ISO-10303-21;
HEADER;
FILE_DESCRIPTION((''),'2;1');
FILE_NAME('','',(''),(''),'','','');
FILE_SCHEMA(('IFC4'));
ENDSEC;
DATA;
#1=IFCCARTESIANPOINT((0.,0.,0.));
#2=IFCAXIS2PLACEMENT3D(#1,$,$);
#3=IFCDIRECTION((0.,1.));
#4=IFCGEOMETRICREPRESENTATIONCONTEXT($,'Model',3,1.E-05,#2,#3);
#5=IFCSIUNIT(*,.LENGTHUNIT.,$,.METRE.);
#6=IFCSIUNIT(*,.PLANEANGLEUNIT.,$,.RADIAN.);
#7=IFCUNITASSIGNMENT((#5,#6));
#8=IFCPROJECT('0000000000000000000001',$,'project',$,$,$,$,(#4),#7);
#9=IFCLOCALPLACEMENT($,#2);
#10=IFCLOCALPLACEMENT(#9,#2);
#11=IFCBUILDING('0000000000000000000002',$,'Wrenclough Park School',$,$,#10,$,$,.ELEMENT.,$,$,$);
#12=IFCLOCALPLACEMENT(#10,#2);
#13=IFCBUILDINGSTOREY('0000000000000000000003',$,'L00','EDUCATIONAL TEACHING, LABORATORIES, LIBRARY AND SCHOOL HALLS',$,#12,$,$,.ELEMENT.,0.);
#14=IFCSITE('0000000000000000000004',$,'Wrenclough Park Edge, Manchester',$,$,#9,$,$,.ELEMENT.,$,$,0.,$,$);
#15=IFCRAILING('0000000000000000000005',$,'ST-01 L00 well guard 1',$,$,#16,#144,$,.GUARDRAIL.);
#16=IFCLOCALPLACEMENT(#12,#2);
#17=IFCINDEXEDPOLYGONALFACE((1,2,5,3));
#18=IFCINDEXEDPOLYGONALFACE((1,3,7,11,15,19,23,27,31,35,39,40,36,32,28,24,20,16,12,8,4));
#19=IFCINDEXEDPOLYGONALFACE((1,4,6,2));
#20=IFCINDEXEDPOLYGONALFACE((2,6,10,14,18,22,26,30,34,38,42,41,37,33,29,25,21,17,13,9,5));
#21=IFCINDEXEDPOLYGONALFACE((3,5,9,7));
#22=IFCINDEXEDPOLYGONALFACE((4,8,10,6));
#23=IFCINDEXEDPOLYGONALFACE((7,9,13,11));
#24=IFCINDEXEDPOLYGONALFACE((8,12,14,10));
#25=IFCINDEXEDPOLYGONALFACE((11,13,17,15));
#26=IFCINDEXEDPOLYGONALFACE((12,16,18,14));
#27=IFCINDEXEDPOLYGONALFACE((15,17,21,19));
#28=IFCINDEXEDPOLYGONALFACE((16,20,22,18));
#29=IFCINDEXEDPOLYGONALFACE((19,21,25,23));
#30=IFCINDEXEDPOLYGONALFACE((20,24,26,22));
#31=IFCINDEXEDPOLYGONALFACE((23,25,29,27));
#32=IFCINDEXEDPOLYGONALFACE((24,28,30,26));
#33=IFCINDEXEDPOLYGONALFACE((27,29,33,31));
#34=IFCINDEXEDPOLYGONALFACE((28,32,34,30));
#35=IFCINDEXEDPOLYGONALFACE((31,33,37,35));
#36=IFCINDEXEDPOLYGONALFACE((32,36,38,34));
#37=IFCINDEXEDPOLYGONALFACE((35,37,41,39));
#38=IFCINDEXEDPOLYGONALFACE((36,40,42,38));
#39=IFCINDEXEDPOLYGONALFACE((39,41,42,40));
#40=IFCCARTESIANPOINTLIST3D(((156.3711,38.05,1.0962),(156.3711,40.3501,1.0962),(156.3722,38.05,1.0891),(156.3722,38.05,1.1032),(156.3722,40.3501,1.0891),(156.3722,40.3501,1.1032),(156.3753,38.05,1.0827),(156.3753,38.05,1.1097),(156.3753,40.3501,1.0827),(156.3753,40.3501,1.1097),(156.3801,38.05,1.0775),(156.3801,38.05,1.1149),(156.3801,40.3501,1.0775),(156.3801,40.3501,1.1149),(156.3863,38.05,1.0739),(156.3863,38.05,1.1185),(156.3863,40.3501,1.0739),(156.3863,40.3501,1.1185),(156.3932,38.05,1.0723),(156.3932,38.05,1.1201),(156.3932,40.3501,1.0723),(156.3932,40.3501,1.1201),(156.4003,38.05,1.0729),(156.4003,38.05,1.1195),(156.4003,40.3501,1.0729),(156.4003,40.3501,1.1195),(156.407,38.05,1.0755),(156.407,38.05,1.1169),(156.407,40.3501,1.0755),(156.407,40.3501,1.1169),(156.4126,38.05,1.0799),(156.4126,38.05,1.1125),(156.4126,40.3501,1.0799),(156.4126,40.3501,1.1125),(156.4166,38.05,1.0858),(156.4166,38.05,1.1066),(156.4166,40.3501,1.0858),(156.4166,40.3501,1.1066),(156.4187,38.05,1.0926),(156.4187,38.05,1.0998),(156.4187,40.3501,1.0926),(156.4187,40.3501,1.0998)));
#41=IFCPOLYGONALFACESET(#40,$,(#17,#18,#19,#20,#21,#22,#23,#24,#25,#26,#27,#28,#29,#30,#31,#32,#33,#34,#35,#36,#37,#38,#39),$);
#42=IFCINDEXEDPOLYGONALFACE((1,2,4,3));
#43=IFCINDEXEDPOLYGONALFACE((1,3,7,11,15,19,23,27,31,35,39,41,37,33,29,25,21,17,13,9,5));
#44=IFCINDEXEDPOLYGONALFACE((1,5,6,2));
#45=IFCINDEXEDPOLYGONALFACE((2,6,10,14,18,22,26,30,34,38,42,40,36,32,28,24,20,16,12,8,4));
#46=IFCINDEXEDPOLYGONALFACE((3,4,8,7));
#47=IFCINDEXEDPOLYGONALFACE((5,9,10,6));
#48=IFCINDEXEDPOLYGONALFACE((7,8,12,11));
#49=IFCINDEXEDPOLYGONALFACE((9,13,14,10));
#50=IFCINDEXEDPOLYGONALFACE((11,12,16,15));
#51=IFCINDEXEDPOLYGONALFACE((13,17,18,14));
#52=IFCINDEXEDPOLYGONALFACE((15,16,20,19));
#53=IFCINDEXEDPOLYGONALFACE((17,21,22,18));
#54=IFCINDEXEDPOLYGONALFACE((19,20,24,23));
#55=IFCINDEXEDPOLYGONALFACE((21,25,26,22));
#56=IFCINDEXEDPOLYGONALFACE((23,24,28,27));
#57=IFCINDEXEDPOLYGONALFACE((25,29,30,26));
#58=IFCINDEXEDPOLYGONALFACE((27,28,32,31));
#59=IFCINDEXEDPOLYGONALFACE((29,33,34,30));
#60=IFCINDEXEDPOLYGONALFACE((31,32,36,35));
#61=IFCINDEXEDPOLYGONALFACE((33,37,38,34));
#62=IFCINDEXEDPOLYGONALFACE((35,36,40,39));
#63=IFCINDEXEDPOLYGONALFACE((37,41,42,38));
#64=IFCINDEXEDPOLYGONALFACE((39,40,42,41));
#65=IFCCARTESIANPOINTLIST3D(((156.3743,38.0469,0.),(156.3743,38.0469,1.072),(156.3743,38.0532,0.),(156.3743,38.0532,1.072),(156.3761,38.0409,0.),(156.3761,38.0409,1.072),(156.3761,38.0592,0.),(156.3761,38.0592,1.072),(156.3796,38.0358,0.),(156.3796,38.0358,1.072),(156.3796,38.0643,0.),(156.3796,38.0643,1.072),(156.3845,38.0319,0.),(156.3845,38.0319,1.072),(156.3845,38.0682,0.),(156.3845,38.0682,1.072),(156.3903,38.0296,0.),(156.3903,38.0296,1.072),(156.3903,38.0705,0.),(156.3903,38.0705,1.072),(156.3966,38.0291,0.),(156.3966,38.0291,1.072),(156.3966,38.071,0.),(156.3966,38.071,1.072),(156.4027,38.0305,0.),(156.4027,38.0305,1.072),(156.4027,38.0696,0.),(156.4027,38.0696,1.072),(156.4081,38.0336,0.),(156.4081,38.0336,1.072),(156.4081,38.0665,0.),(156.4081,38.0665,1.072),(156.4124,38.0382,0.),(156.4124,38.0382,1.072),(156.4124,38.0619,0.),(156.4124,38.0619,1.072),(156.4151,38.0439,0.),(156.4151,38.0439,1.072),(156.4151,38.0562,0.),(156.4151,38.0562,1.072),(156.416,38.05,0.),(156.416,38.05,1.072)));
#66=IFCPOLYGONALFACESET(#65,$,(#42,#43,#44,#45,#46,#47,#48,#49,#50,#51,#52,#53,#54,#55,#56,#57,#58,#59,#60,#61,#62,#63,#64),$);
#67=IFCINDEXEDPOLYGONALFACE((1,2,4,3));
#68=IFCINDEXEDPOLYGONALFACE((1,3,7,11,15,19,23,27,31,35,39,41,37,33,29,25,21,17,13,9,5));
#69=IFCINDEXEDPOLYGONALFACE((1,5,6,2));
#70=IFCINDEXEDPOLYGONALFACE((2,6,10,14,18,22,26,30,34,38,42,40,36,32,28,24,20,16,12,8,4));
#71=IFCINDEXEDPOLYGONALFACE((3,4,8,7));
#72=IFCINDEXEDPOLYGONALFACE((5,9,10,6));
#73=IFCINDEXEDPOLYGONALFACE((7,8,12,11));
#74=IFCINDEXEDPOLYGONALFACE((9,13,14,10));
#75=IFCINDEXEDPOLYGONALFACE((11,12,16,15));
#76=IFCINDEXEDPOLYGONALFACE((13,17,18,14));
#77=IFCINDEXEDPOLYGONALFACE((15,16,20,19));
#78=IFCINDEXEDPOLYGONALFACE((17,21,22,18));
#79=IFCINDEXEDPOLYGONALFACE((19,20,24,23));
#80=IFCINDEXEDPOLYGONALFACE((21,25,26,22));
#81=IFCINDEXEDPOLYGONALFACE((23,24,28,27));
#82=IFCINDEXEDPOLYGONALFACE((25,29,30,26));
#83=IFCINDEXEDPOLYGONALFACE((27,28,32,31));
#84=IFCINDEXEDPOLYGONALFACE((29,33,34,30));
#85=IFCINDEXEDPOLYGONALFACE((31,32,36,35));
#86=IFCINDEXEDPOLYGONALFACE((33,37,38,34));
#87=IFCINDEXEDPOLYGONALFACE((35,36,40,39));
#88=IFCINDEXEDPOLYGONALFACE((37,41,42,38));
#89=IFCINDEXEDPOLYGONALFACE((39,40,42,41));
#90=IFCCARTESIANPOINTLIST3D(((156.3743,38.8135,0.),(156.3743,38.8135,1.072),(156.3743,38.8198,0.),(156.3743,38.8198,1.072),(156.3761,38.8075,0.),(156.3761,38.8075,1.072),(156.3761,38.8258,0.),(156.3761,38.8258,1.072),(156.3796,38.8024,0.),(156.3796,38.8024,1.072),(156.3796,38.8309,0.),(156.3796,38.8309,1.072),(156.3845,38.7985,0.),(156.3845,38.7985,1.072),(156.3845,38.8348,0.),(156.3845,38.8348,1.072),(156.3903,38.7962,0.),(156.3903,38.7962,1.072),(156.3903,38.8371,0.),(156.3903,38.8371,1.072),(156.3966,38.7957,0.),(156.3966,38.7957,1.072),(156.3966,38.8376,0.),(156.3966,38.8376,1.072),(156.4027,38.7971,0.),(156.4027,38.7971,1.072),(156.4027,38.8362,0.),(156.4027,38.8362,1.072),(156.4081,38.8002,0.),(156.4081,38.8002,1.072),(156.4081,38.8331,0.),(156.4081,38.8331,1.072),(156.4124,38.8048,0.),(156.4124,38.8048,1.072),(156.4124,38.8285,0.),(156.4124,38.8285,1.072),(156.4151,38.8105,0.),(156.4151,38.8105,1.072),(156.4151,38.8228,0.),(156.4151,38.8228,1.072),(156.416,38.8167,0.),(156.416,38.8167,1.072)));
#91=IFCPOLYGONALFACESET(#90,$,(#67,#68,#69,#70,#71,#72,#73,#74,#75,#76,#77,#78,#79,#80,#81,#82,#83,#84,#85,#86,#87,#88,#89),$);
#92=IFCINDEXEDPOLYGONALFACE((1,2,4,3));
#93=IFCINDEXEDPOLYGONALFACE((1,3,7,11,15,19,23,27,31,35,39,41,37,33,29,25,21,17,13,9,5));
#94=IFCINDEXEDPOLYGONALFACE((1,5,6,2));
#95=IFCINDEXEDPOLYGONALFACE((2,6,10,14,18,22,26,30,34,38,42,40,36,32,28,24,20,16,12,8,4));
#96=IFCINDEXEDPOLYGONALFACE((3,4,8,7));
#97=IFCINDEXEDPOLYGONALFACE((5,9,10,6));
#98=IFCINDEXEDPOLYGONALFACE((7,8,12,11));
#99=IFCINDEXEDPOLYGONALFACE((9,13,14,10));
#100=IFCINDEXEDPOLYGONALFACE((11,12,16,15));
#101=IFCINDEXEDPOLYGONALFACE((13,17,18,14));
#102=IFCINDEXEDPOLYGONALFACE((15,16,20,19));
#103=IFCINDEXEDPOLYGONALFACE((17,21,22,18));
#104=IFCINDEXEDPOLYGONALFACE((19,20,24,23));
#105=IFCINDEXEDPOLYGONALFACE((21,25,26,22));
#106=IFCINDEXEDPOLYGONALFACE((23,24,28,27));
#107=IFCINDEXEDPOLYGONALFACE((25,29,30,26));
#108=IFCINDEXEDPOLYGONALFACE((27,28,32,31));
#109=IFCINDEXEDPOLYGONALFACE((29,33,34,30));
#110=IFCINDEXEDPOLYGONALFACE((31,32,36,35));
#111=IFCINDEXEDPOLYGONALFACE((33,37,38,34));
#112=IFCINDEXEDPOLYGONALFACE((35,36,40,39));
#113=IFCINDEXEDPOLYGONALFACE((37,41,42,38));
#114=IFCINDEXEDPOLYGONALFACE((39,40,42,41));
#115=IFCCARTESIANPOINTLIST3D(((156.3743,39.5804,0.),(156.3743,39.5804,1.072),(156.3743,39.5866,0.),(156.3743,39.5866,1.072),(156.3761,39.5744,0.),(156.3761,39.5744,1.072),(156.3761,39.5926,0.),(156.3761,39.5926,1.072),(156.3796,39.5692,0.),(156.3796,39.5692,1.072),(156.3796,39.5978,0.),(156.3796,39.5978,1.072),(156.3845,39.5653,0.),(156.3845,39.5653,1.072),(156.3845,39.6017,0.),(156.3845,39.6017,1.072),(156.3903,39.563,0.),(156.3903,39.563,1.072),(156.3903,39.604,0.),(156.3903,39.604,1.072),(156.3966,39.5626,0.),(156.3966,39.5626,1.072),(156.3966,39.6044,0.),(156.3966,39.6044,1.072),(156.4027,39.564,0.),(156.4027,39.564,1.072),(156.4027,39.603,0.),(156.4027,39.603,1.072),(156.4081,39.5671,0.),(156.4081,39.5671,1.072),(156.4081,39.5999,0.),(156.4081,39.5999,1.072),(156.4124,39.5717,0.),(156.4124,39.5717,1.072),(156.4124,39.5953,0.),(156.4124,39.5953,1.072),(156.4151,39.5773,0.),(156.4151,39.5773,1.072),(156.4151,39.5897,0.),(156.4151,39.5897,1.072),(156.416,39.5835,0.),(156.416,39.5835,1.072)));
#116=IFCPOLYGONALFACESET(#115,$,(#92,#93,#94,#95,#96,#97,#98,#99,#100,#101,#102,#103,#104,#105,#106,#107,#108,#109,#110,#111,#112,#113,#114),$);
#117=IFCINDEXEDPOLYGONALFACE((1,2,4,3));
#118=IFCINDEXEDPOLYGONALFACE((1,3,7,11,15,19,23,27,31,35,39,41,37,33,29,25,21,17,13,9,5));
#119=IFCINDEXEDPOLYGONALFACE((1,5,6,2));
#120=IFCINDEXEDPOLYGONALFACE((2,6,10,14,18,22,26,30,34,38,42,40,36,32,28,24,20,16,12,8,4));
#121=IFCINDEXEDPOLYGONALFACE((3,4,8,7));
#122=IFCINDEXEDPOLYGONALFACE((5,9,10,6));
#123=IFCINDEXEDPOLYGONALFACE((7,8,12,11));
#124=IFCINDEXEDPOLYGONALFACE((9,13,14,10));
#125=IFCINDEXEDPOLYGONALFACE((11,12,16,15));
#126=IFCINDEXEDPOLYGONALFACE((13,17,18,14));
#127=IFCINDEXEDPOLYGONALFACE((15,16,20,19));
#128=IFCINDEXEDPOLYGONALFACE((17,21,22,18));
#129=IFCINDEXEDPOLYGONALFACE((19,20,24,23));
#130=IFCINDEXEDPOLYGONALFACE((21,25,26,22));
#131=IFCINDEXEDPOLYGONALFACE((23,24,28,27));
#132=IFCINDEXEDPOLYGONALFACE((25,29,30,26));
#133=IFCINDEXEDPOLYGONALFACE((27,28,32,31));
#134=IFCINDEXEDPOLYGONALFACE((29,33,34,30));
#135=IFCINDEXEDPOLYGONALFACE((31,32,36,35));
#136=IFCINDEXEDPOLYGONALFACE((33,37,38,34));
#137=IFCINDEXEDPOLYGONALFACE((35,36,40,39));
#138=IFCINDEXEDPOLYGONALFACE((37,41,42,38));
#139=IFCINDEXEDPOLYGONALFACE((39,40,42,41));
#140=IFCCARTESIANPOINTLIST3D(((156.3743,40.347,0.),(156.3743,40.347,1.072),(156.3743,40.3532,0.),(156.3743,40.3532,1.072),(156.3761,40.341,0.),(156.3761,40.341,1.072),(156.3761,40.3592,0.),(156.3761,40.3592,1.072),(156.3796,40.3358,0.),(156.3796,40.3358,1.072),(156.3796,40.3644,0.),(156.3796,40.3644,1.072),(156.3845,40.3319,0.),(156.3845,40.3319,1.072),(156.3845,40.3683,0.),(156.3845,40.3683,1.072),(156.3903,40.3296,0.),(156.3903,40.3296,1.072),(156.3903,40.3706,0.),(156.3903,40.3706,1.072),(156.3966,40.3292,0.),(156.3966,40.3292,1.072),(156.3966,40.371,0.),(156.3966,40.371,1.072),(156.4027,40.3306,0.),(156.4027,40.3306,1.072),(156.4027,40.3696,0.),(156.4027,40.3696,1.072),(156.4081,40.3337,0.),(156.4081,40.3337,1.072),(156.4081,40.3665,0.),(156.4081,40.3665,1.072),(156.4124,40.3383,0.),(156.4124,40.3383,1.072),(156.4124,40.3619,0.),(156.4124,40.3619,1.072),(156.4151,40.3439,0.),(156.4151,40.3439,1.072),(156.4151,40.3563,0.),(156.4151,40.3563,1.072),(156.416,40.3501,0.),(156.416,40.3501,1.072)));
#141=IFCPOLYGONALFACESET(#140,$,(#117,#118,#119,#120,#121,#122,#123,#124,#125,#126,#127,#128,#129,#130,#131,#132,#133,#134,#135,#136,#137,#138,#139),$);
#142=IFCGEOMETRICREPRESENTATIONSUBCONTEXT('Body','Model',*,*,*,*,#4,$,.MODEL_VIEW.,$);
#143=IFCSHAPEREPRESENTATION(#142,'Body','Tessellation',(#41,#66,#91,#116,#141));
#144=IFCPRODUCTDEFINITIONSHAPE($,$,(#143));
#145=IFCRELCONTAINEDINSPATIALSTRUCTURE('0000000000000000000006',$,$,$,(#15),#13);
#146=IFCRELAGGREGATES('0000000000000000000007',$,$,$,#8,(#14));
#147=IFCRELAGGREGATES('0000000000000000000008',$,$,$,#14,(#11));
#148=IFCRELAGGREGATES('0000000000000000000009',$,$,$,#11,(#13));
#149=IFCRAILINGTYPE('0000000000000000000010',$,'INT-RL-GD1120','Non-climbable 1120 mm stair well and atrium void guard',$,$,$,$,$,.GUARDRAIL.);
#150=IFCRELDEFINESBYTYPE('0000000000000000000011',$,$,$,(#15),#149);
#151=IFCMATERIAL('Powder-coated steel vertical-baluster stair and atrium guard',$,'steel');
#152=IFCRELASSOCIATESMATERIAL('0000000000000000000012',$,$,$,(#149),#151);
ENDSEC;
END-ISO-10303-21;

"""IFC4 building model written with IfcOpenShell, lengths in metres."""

from ifc_helpers import new_model, si_unit, direction, frame, origin, origin_2d, place, context, subcontext, project, spatial, circle, extrude, material, type_object, element, save


model = new_model("IFC4")

# Units and contexts
model_context = context("Model", 3, precision=1e-05, world=origin(), true_north=direction((0.0, 1.0)))
body_context = subcontext(model_context, "Body", "Model", "MODEL_VIEW")
ifc_project = project(units=[si_unit("LENGTHUNIT", "METRE"), si_unit("PLANEANGLEUNIT", "RADIAN")], contexts=[model_context])

# Site, building, storey
site_placement = place(None, origin())
site = spatial("IfcSite", under=ifc_project, at=site_placement, Name="Wrenclough Park Edge, Manchester", CompositionType="ELEMENT", RefElevation=0.0)
building_placement = place(site_placement, origin())
building = spatial("IfcBuilding", under=site, at=building_placement, Name="Wrenclough Park School", CompositionType="ELEMENT")
storey_placement = place(building_placement, origin())
storey = spatial("IfcBuildingStorey", under=building, at=storey_placement, Name="L00", Description="EDUCATIONAL TEACHING, LABORATORIES, LIBRARY AND SCHOOL HALLS", CompositionType="ELEMENT", Elevation=0.0)

# Railing
ifc_material_1 = material(Name="Powder-coated steel vertical-baluster stair and atrium guard", Category="steel")
railing_type_1 = type_object("IfcRailingType", Name="INT-RL-GD1120", Description="Non-climbable 1120 mm stair well and atrium void guard", PredefinedType="GUARDRAIL", material=ifc_material_1)
railing_1_placement = place(storey_placement, frame((156.395, 38.05, 0.0)))
element("IfcRailing", 1, at=railing_1_placement, inside=storey, type_object=railing_type_1, Name="ST-01 L00 well guard 1", PredefinedType="GUARDRAIL", context=body_context, shape_type="SweptSolid", body=[
    extrude(circle(Radius=0.0239, at=origin_2d()), frame((0.0, 0.0, 1.0962), z_axis=(0.0, 1.0, 0.0), x_axis=(-1.0, 0.0, 0.0)), (0.0, 0.0, 1.0), 2.3),
    extrude(circle(Radius=0.021, at=origin_2d()), origin(), (0.0, 0.0, 1.0), 1.072),
    extrude(circle(Radius=0.021, at=origin_2d()), frame((0.0, 0.7666, 0.0)), (0.0, 0.0, 1.0), 1.072),
    extrude(circle(Radius=0.021, at=origin_2d()), frame((0.0, 1.5334, 0.0)), (0.0, 0.0, 1.0), 1.072),
    extrude(circle(Radius=0.021, at=origin_2d()), frame((0.0, 2.3, 0.0)), (0.0, 0.0, 1.0), 1.072),
])

save(model, "model.ifc")
